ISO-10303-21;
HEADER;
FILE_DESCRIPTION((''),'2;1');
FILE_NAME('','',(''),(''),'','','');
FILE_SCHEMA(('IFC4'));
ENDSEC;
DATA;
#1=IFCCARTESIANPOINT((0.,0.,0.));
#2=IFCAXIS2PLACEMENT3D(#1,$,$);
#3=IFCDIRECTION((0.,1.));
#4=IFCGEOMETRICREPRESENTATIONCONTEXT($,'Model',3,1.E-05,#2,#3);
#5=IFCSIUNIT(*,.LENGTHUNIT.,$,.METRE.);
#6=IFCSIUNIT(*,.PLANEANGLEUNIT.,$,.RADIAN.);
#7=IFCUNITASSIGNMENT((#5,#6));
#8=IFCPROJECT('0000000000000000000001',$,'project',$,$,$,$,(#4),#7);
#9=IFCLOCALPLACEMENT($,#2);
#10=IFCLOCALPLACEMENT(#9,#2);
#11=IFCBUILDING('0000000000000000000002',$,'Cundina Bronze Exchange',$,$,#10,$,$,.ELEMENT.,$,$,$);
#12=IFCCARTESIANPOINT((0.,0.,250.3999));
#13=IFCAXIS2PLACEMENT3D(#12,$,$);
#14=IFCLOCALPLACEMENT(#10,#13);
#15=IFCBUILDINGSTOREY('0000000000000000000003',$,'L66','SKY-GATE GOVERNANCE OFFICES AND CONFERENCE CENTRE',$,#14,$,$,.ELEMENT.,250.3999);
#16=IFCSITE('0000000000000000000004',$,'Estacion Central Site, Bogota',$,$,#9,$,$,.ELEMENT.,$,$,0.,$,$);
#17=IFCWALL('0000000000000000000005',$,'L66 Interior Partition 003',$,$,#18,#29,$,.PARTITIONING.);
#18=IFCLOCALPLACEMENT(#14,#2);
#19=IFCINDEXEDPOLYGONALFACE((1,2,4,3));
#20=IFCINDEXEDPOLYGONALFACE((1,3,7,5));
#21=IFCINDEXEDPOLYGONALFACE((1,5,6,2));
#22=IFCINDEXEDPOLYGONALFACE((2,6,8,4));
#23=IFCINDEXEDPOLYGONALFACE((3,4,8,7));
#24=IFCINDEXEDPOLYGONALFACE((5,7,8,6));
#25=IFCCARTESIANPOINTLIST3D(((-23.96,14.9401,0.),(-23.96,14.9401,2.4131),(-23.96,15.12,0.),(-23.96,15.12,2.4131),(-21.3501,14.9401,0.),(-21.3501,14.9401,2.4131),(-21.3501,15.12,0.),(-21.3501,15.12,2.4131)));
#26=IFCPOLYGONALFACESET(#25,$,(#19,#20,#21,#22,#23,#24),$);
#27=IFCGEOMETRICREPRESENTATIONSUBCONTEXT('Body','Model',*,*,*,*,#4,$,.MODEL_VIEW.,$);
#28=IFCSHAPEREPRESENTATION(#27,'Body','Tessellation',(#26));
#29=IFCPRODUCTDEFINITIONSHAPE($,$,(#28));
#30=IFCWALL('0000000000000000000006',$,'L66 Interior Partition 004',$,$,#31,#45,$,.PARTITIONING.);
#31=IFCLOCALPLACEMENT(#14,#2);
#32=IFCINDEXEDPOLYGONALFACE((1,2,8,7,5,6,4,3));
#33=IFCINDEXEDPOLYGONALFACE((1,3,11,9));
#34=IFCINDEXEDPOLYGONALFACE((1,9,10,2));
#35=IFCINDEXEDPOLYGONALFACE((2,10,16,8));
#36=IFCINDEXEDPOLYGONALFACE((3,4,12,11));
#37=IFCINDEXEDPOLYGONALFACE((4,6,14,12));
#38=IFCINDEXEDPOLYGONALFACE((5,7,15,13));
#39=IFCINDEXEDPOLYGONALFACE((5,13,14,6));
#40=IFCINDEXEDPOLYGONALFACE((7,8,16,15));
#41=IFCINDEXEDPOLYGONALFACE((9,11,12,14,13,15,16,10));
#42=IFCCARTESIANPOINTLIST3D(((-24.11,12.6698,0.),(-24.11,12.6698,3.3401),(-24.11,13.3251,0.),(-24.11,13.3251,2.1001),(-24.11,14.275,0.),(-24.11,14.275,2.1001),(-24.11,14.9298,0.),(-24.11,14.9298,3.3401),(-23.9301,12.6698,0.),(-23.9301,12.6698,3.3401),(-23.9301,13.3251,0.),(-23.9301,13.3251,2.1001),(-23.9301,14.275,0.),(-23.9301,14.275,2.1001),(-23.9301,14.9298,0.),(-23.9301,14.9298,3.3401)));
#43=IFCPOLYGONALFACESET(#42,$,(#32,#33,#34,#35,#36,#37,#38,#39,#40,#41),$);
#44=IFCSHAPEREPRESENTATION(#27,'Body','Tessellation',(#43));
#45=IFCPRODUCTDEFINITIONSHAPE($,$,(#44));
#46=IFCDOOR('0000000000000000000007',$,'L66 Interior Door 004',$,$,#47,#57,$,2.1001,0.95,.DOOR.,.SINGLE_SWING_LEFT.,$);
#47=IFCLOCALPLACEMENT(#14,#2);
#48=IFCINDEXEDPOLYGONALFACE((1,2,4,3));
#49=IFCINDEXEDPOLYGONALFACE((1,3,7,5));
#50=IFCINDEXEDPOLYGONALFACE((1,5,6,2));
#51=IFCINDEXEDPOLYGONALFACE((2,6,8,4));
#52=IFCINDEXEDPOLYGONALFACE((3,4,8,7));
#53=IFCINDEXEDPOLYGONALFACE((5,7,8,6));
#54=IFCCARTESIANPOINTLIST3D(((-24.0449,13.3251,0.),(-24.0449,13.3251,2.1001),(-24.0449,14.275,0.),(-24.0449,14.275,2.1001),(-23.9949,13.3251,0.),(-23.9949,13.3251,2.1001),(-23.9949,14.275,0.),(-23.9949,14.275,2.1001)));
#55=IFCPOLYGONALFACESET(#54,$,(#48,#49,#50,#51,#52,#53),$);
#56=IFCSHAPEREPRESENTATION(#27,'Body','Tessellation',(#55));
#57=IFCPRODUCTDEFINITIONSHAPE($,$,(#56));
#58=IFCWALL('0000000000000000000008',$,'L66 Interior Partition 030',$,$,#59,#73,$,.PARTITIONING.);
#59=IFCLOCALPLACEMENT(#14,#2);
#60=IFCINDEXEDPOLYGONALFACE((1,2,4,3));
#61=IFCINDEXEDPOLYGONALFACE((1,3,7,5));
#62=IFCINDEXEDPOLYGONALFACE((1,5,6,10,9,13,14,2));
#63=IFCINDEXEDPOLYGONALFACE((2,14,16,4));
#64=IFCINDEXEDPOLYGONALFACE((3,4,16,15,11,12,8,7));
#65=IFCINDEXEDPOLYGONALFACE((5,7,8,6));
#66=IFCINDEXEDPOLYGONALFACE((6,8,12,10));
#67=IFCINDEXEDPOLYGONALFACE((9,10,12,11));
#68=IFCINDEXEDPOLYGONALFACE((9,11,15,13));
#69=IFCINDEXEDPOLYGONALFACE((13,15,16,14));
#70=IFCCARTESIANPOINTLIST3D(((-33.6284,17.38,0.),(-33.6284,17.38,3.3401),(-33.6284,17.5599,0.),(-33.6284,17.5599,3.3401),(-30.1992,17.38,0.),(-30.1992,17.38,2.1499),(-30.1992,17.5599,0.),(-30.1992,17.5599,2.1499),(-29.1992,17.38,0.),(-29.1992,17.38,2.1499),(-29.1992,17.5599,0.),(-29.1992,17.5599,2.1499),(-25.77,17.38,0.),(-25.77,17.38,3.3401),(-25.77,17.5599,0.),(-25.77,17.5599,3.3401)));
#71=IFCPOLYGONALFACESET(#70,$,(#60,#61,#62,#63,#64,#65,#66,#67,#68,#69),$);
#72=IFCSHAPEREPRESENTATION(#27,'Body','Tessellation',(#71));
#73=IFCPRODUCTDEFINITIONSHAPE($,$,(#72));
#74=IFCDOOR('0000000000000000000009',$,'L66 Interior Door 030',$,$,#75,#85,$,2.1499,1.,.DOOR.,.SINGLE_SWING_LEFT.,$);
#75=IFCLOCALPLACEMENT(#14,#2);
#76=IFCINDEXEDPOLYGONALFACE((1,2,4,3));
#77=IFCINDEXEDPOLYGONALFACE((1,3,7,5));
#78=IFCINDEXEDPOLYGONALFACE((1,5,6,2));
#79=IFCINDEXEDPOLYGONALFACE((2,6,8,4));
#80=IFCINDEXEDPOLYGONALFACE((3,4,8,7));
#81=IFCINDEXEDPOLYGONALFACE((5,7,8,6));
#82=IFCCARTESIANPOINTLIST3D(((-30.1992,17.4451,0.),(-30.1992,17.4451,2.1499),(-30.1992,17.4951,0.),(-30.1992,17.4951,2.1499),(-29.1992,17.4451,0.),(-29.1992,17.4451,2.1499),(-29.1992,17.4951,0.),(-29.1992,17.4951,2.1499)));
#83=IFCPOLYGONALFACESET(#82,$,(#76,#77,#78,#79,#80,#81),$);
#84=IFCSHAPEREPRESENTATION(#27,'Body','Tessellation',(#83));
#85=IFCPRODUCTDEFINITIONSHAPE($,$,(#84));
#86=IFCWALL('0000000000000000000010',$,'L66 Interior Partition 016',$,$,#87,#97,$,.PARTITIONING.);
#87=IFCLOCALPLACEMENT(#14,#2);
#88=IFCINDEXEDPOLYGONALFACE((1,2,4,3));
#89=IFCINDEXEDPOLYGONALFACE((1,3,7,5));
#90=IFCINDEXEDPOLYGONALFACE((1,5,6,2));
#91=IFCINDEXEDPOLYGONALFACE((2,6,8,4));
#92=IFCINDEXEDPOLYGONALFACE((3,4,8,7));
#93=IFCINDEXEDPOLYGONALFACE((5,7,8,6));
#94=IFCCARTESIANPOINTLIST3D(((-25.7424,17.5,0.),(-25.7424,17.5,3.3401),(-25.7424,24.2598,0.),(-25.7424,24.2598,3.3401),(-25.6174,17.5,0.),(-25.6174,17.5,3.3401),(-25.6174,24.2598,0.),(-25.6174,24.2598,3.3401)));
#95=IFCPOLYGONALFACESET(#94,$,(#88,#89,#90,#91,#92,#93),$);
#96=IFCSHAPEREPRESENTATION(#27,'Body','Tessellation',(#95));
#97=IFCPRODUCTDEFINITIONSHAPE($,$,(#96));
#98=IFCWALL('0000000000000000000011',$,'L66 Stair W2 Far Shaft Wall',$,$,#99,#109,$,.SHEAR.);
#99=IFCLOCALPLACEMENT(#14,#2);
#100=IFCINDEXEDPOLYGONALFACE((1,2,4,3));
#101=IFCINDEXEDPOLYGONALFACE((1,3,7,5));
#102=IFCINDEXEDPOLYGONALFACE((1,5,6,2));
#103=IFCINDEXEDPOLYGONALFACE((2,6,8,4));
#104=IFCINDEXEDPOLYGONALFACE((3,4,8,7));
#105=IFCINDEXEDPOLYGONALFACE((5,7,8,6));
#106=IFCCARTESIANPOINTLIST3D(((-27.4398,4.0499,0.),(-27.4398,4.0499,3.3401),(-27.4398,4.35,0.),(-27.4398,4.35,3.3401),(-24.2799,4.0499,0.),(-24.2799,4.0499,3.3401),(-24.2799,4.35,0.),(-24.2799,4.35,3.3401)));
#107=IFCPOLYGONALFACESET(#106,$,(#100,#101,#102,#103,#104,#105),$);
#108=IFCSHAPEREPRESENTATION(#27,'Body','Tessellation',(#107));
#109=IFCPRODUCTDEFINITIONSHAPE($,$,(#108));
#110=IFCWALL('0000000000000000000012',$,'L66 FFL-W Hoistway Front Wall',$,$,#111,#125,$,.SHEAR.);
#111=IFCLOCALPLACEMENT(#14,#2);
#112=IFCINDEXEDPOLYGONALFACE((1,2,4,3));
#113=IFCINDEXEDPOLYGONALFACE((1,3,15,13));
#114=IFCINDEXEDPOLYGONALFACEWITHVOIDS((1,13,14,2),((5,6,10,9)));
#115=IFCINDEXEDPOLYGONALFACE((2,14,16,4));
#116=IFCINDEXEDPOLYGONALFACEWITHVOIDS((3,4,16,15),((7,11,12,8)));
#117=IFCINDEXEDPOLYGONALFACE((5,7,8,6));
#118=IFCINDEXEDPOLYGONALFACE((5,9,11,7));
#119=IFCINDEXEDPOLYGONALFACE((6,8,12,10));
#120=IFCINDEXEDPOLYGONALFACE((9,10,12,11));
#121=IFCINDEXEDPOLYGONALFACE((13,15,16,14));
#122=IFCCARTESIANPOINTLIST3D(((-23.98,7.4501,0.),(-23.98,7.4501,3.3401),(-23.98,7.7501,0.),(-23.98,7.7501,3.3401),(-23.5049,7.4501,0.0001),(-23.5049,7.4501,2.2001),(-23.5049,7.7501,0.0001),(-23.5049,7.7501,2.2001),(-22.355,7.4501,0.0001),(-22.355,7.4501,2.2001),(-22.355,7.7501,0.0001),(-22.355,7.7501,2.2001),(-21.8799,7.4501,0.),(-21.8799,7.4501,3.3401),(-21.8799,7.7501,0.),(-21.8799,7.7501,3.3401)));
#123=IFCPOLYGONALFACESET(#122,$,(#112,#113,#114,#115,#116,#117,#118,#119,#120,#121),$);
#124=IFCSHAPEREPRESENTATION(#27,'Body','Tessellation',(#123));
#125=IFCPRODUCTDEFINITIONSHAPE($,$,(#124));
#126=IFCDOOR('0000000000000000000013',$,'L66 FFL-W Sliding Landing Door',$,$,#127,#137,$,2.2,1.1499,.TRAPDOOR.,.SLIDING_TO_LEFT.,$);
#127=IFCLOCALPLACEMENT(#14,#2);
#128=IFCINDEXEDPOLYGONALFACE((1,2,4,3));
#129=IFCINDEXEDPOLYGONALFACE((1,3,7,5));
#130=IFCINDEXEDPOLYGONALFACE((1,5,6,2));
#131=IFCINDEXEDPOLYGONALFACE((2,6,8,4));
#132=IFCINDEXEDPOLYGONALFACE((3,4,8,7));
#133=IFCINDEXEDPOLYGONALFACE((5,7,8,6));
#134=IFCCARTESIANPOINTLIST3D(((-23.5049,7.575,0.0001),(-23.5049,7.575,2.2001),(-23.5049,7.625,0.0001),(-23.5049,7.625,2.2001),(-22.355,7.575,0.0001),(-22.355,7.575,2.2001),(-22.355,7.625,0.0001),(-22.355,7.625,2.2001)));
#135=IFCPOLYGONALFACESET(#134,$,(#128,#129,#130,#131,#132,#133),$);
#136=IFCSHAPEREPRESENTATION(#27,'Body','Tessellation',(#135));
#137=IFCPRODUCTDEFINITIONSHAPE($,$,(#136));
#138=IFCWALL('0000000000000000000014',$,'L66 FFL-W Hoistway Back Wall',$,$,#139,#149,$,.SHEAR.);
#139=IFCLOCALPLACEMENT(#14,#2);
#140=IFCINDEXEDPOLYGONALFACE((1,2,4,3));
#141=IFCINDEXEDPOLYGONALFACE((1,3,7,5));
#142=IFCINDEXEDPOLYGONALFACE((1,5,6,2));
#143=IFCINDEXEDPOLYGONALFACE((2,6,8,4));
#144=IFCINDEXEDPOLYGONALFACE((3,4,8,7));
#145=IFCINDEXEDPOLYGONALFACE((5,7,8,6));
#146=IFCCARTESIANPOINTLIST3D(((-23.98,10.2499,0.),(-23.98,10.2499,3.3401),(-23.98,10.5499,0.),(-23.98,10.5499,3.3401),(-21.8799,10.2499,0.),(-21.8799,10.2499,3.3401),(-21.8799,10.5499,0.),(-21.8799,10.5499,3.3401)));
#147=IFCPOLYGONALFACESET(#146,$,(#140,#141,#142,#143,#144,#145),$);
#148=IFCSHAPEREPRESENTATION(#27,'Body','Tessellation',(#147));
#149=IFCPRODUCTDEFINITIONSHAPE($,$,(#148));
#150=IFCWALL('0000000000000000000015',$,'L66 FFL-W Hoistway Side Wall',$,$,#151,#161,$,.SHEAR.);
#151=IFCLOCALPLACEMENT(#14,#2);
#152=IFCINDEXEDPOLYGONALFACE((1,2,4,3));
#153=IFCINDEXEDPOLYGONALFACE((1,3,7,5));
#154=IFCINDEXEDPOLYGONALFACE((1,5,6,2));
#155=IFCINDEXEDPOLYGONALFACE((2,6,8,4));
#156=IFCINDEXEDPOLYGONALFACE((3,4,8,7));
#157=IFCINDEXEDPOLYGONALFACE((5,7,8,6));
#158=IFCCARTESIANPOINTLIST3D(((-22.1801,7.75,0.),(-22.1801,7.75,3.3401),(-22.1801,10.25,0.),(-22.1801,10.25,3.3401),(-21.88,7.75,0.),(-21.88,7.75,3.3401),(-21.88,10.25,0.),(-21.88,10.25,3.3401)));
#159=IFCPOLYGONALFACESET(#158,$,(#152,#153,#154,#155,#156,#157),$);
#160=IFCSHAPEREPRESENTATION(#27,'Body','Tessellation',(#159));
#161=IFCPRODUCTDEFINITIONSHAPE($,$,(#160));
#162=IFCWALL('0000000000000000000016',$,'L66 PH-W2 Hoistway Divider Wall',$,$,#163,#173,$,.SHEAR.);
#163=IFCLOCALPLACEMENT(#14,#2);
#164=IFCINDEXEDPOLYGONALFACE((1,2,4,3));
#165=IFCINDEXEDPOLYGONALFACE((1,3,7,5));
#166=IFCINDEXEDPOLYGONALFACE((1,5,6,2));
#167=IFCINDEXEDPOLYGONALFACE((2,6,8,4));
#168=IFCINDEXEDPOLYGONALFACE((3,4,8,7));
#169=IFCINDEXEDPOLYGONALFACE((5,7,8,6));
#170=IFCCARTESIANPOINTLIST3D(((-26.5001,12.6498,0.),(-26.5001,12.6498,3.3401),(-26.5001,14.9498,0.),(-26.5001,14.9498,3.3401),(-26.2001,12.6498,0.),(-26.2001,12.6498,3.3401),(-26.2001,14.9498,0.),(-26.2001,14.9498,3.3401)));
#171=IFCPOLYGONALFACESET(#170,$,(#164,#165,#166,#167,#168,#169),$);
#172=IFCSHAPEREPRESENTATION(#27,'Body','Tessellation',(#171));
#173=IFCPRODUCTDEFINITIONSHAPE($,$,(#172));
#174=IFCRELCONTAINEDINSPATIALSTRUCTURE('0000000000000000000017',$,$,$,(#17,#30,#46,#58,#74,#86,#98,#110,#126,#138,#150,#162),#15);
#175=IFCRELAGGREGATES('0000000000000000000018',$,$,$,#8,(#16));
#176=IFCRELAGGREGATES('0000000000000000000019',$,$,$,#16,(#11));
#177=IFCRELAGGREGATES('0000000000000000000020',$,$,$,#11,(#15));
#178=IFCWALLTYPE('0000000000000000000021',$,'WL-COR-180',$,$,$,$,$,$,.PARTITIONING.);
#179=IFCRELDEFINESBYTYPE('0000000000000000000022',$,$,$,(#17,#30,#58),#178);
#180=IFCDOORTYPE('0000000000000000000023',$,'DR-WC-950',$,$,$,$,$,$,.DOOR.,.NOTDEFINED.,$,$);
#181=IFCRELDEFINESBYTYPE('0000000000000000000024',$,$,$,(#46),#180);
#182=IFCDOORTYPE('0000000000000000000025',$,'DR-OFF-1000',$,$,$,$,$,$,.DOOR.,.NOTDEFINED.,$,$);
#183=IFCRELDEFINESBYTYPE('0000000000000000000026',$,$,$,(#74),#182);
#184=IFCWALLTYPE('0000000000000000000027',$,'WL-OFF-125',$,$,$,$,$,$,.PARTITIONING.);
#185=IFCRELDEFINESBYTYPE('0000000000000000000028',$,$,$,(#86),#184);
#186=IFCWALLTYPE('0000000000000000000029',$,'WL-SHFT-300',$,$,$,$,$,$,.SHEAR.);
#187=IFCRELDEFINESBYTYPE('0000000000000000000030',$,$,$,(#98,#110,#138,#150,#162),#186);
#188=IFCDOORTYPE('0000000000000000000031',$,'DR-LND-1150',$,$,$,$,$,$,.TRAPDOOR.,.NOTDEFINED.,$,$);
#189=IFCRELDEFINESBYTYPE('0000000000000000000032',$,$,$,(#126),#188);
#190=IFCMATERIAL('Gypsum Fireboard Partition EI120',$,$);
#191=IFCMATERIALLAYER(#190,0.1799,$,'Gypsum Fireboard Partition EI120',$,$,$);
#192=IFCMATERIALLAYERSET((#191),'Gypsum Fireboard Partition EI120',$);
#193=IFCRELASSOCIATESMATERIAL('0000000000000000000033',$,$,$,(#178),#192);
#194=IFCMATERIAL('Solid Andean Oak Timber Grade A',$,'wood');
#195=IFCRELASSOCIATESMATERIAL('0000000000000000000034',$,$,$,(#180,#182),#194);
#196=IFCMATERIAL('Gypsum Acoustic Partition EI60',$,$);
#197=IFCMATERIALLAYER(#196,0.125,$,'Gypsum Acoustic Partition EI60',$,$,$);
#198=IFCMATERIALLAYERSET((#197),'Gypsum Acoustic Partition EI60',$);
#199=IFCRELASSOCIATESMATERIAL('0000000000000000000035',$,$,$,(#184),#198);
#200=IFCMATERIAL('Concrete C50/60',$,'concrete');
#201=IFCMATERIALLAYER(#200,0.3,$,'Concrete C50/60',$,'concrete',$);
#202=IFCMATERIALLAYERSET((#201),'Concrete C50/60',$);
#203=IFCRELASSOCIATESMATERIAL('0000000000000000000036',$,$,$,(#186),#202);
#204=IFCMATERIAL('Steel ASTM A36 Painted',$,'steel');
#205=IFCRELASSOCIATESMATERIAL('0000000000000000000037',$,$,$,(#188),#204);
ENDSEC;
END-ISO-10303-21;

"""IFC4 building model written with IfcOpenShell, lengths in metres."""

from ifc_helpers import new_model, si_unit, direction, frame, frame_2d, origin, place, context, subcontext, project, spatial, rectangle, extrude, material, layer, layer_set, type_object, element, fill, save


model = new_model("IFC4")

# Units and contexts
model_context = context("Model", 3, precision=1e-05, world=origin(), true_north=direction((0.0, 1.0)))
body_context = subcontext(model_context, "Body", "Model", "MODEL_VIEW")
ifc_project = project(units=[si_unit("LENGTHUNIT", "METRE"), si_unit("PLANEANGLEUNIT", "RADIAN")], contexts=[model_context])

# Site, building, storey
site_placement = place(None, origin())
site = spatial("IfcSite", under=ifc_project, at=site_placement, Name="Estacion Central Site, Bogota", CompositionType="ELEMENT", RefElevation=0.0)
building_placement = place(site_placement, origin())
building = spatial("IfcBuilding", under=site, at=building_placement, Name="Cundina Bronze Exchange", CompositionType="ELEMENT")
storey_placement = place(building_placement, frame((0.0, 0.0, 250.3999)))
storey = spatial("IfcBuildingStorey", under=building, at=storey_placement, Name="L66", Description="SKY-GATE GOVERNANCE OFFICES AND CONFERENCE CENTRE", CompositionType="ELEMENT", Elevation=250.3999)

# Shared definitions
ifc_material_1 = material(Name="Concrete C50/60", Category="concrete")

# Wall
ifc_material_2 = material(Name="Gypsum Fireboard Partition EI120")
ifc_layer_1 = layer(ifc_material_2, 0.1799, Name="Gypsum Fireboard Partition EI120")
ifc_layer_set_1 = layer_set([ifc_layer_1], Name="Gypsum Fireboard Partition EI120")
wall_type_1 = type_object("IfcWallType", Name="WL-COR-180", PredefinedType="PARTITIONING", material=ifc_layer_set_1)
wall_1_placement = place(storey_placement, frame((-23.96, 15.03, 0.0), z_axis=(0.0, 0.0, 1.0), x_axis=(1.0, 0.0, 0.0)))
element("IfcWall", 1, at=wall_1_placement, inside=storey, type_object=wall_type_1, Name="L66 Interior Partition 003", PredefinedType="PARTITIONING", context=body_context, shape_type="SweptSolid", body=[
    extrude(rectangle(XDim=2.6099, YDim=0.1799, at=frame_2d((1.3049, 0.0))), origin(), (0.0, 0.0, 1.0), 2.4131),
])

# Walls, openings, doors
wall_2_placement = place(storey_placement, frame((-24.02, 12.6699, 0.0), z_axis=(0.0, 0.0, 1.0), x_axis=(0.0, 1.0, 0.0)))
wall_2 = element("IfcWall", 2, at=wall_2_placement, inside=storey, type_object=wall_type_1, Name="L66 Interior Partition 004", PredefinedType="PARTITIONING", context=body_context, shape_type="SweptSolid", body=[
    extrude(rectangle(XDim=2.26, YDim=0.1799, at=frame_2d((1.1299, 0.0))), origin(), (0.0, 0.0, 1.0), 3.3401),
])
opening_1_placement = place(wall_2_placement, frame((0.655, 0.0, 0.0)))
opening_1 = element("IfcOpeningElement", 3, at=opening_1_placement, cuts=wall_2, PredefinedType="OPENING", context=body_context, shape_type="SweptSolid", body=[
    extrude(rectangle(XDim=0.95, YDim=2.1001, at=frame_2d((0.4751, 1.05))), frame((0.0, 0.0999, 0.0), z_axis=(0.0, -1.0, 0.0), x_axis=(1.0, 0.0, 0.0)), (0.0, 0.0, 1.0), 0.2),
])
ifc_material_3 = material(Name="Solid Andean Oak Timber Grade A", Category="wood")
door_type_1 = type_object("IfcDoorType", Name="DR-WC-950", OperationType="NOTDEFINED", PredefinedType="DOOR", material=ifc_material_3)
door_1_placement = place(opening_1_placement, origin())
door_1 = element("IfcDoor", 4, at=door_1_placement, inside=storey, type_object=door_type_1, Name="L66 Interior Door 004", OperationType="SINGLE_SWING_LEFT", OverallHeight=2.1001, OverallWidth=0.95, PredefinedType="DOOR", context=body_context, shape_type="SweptSolid", body=[
    extrude(rectangle(XDim=0.95, YDim=2.1001, at=frame_2d((0.4751, 1.05))), frame((0.0, 0.0249, 0.0), z_axis=(0.0, -1.0, 0.0), x_axis=(1.0, 0.0, 0.0)), (0.0, 0.0, 1.0), 0.05),
])
fill(opening_1, door_1)
wall_3_placement = place(storey_placement, frame((-25.77, 17.47, 0.0), z_axis=(0.0, 0.0, 1.0), x_axis=(-1.0, 0.0, 0.0)))
wall_3 = element("IfcWall", 5, at=wall_3_placement, inside=storey, type_object=wall_type_1, Name="L66 Interior Partition 030", PredefinedType="PARTITIONING", context=body_context, shape_type="SweptSolid", body=[
    extrude(rectangle(XDim=7.8584, YDim=0.1799, at=frame_2d((3.9292, 0.0))), origin(), (0.0, 0.0, 1.0), 3.3401),
])
opening_2_placement = place(wall_3_placement, frame((3.4292, 0.0, 0.0)))
opening_2 = element("IfcOpeningElement", 6, at=opening_2_placement, cuts=wall_3, PredefinedType="OPENING", context=body_context, shape_type="SweptSolid", body=[
    extrude(rectangle(XDim=1.0, YDim=2.1499, at=frame_2d((0.5, 1.075))), frame((0.0, 0.0999, 0.0), z_axis=(0.0, -1.0, 0.0), x_axis=(1.0, 0.0, 0.0)), (0.0, 0.0, 1.0), 0.2),
])
door_type_2 = type_object("IfcDoorType", Name="DR-OFF-1000", OperationType="NOTDEFINED", PredefinedType="DOOR", material=ifc_material_3)
door_2_placement = place(opening_2_placement, origin())
door_2 = element("IfcDoor", 7, at=door_2_placement, inside=storey, type_object=door_type_2, Name="L66 Interior Door 030", OperationType="SINGLE_SWING_LEFT", OverallHeight=2.1499, OverallWidth=1.0, PredefinedType="DOOR", context=body_context, shape_type="SweptSolid", body=[
    extrude(rectangle(XDim=1.0, YDim=2.1499, at=frame_2d((0.5, 1.075))), frame((0.0, 0.0249, 0.0), z_axis=(0.0, -1.0, 0.0), x_axis=(1.0, 0.0, 0.0)), (0.0, 0.0, 1.0), 0.05),
])
fill(opening_2, door_2)

# Wall
ifc_material_4 = material(Name="Gypsum Acoustic Partition EI60")
ifc_layer_2 = layer(ifc_material_4, 0.125, Name="Gypsum Acoustic Partition EI60")
ifc_layer_set_2 = layer_set([ifc_layer_2], Name="Gypsum Acoustic Partition EI60")
wall_type_2 = type_object("IfcWallType", Name="WL-OFF-125", PredefinedType="PARTITIONING", material=ifc_layer_set_2)
wall_4_placement = place(storey_placement, frame((-25.6799, 17.5, 0.0), z_axis=(0.0, 0.0, 1.0), x_axis=(0.0, 1.0, 0.0)))
element("IfcWall", 8, at=wall_4_placement, inside=storey, type_object=wall_type_2, Name="L66 Interior Partition 016", PredefinedType="PARTITIONING", context=body_context, shape_type="SweptSolid", body=[
    extrude(rectangle(XDim=6.7598, YDim=0.125, at=frame_2d((3.3799, 0.0))), origin(), (0.0, 0.0, 1.0), 3.3401),
])

# Shared definitions
ifc_layer_3 = layer(ifc_material_1, 0.3, Name="Concrete C50/60", Category="concrete")
ifc_layer_set_3 = layer_set([ifc_layer_3], Name="Concrete C50/60")
wall_type_3 = type_object("IfcWallType", Name="WL-SHFT-300", PredefinedType="SHEAR", material=ifc_layer_set_3)
ifc_material_5 = material(Name="Steel ASTM A36 Painted", Category="steel")

# Wall
wall_5_placement = place(storey_placement, frame((-27.4399, 4.2, 0.0), z_axis=(0.0, 0.0, 1.0), x_axis=(1.0, 0.0, 0.0)))
element("IfcWall", 9, at=wall_5_placement, inside=storey, type_object=wall_type_3, Name="L66 Stair W2 Far Shaft Wall", PredefinedType="SHEAR", context=body_context, shape_type="SweptSolid", body=[
    extrude(rectangle(XDim=3.1599, YDim=0.3, at=frame_2d((1.5801, 0.0))), origin(), (0.0, 0.0, 1.0), 3.3401),
])

# Wall, opening, door
wall_6_placement = place(storey_placement, frame((-23.98, 7.6001, 0.0), z_axis=(0.0, 0.0, 1.0), x_axis=(1.0, 0.0, 0.0)))
wall_6 = element("IfcWall", 10, at=wall_6_placement, inside=storey, type_object=wall_type_3, Name="L66 FFL-W Hoistway Front Wall", PredefinedType="SHEAR", context=body_context, shape_type="SweptSolid", body=[
    extrude(rectangle(XDim=2.1001, YDim=0.3, at=frame_2d((1.05, 0.0))), origin(), (0.0, 0.0, 1.0), 3.3401),
])
opening_3_placement = place(wall_6_placement, frame((0.4751, 0.0, 0.0)))
opening_3 = element("IfcOpeningElement", 11, at=opening_3_placement, cuts=wall_6, PredefinedType="OPENING", context=body_context, shape_type="SweptSolid", body=[
    extrude(rectangle(XDim=1.1499, YDim=2.2, at=frame_2d((0.575, 1.1001))), frame((0.0, 0.1599, 0.0), z_axis=(0.0, -1.0, 0.0), x_axis=(1.0, 0.0, 0.0)), (0.0, 0.0, 1.0), 0.3201),
])
door_type_3 = type_object("IfcDoorType", Name="DR-LND-1150", OperationType="NOTDEFINED", PredefinedType="TRAPDOOR", material=ifc_material_5)
door_3_placement = place(opening_3_placement, origin())
door_3 = element("IfcDoor", 12, at=door_3_placement, inside=storey, type_object=door_type_3, Name="L66 FFL-W Sliding Landing Door", OperationType="SLIDING_TO_LEFT", OverallHeight=2.2, OverallWidth=1.1499, PredefinedType="TRAPDOOR", context=body_context, shape_type="SweptSolid", body=[
    extrude(rectangle(XDim=1.1499, YDim=2.2, at=frame_2d((0.575, 1.1001))), frame((0.0, 0.0249, 0.0), z_axis=(0.0, -1.0, 0.0), x_axis=(1.0, 0.0, 0.0)), (0.0, 0.0, 1.0), 0.05),
])
fill(opening_3, door_3)

# Walls
wall_7_placement = place(storey_placement, frame((-23.98, 10.3999, 0.0), z_axis=(0.0, 0.0, 1.0), x_axis=(1.0, 0.0, 0.0)))
element("IfcWall", 13, at=wall_7_placement, inside=storey, type_object=wall_type_3, Name="L66 FFL-W Hoistway Back Wall", PredefinedType="SHEAR", context=body_context, shape_type="SweptSolid", body=[
    extrude(rectangle(XDim=2.1001, YDim=0.3, at=frame_2d((1.05, 0.0))), origin(), (0.0, 0.0, 1.0), 3.3401),
])
wall_8_placement = place(storey_placement, frame((-22.03, 7.75, 0.0), z_axis=(0.0, 0.0, 1.0), x_axis=(0.0, 1.0, 0.0)))
element("IfcWall", 14, at=wall_8_placement, inside=storey, type_object=wall_type_3, Name="L66 FFL-W Hoistway Side Wall", PredefinedType="SHEAR", context=body_context, shape_type="SweptSolid", body=[
    extrude(rectangle(XDim=2.5, YDim=0.3, at=frame_2d((1.25, 0.0))), origin(), (0.0, 0.0, 1.0), 3.3401),
])
wall_9_placement = place(storey_placement, frame((-26.3501, 12.6499, 0.0), z_axis=(0.0, 0.0, 1.0), x_axis=(0.0, 1.0, 0.0)))
element("IfcWall", 15, at=wall_9_placement, inside=storey, type_object=wall_type_3, Name="L66 PH-W2 Hoistway Divider Wall", PredefinedType="SHEAR", context=body_context, shape_type="SweptSolid", body=[
    extrude(rectangle(XDim=2.3, YDim=0.3, at=frame_2d((1.1499, 0.0))), origin(), (0.0, 0.0, 1.0), 3.3401),
])

save(model, "model.ifc")
